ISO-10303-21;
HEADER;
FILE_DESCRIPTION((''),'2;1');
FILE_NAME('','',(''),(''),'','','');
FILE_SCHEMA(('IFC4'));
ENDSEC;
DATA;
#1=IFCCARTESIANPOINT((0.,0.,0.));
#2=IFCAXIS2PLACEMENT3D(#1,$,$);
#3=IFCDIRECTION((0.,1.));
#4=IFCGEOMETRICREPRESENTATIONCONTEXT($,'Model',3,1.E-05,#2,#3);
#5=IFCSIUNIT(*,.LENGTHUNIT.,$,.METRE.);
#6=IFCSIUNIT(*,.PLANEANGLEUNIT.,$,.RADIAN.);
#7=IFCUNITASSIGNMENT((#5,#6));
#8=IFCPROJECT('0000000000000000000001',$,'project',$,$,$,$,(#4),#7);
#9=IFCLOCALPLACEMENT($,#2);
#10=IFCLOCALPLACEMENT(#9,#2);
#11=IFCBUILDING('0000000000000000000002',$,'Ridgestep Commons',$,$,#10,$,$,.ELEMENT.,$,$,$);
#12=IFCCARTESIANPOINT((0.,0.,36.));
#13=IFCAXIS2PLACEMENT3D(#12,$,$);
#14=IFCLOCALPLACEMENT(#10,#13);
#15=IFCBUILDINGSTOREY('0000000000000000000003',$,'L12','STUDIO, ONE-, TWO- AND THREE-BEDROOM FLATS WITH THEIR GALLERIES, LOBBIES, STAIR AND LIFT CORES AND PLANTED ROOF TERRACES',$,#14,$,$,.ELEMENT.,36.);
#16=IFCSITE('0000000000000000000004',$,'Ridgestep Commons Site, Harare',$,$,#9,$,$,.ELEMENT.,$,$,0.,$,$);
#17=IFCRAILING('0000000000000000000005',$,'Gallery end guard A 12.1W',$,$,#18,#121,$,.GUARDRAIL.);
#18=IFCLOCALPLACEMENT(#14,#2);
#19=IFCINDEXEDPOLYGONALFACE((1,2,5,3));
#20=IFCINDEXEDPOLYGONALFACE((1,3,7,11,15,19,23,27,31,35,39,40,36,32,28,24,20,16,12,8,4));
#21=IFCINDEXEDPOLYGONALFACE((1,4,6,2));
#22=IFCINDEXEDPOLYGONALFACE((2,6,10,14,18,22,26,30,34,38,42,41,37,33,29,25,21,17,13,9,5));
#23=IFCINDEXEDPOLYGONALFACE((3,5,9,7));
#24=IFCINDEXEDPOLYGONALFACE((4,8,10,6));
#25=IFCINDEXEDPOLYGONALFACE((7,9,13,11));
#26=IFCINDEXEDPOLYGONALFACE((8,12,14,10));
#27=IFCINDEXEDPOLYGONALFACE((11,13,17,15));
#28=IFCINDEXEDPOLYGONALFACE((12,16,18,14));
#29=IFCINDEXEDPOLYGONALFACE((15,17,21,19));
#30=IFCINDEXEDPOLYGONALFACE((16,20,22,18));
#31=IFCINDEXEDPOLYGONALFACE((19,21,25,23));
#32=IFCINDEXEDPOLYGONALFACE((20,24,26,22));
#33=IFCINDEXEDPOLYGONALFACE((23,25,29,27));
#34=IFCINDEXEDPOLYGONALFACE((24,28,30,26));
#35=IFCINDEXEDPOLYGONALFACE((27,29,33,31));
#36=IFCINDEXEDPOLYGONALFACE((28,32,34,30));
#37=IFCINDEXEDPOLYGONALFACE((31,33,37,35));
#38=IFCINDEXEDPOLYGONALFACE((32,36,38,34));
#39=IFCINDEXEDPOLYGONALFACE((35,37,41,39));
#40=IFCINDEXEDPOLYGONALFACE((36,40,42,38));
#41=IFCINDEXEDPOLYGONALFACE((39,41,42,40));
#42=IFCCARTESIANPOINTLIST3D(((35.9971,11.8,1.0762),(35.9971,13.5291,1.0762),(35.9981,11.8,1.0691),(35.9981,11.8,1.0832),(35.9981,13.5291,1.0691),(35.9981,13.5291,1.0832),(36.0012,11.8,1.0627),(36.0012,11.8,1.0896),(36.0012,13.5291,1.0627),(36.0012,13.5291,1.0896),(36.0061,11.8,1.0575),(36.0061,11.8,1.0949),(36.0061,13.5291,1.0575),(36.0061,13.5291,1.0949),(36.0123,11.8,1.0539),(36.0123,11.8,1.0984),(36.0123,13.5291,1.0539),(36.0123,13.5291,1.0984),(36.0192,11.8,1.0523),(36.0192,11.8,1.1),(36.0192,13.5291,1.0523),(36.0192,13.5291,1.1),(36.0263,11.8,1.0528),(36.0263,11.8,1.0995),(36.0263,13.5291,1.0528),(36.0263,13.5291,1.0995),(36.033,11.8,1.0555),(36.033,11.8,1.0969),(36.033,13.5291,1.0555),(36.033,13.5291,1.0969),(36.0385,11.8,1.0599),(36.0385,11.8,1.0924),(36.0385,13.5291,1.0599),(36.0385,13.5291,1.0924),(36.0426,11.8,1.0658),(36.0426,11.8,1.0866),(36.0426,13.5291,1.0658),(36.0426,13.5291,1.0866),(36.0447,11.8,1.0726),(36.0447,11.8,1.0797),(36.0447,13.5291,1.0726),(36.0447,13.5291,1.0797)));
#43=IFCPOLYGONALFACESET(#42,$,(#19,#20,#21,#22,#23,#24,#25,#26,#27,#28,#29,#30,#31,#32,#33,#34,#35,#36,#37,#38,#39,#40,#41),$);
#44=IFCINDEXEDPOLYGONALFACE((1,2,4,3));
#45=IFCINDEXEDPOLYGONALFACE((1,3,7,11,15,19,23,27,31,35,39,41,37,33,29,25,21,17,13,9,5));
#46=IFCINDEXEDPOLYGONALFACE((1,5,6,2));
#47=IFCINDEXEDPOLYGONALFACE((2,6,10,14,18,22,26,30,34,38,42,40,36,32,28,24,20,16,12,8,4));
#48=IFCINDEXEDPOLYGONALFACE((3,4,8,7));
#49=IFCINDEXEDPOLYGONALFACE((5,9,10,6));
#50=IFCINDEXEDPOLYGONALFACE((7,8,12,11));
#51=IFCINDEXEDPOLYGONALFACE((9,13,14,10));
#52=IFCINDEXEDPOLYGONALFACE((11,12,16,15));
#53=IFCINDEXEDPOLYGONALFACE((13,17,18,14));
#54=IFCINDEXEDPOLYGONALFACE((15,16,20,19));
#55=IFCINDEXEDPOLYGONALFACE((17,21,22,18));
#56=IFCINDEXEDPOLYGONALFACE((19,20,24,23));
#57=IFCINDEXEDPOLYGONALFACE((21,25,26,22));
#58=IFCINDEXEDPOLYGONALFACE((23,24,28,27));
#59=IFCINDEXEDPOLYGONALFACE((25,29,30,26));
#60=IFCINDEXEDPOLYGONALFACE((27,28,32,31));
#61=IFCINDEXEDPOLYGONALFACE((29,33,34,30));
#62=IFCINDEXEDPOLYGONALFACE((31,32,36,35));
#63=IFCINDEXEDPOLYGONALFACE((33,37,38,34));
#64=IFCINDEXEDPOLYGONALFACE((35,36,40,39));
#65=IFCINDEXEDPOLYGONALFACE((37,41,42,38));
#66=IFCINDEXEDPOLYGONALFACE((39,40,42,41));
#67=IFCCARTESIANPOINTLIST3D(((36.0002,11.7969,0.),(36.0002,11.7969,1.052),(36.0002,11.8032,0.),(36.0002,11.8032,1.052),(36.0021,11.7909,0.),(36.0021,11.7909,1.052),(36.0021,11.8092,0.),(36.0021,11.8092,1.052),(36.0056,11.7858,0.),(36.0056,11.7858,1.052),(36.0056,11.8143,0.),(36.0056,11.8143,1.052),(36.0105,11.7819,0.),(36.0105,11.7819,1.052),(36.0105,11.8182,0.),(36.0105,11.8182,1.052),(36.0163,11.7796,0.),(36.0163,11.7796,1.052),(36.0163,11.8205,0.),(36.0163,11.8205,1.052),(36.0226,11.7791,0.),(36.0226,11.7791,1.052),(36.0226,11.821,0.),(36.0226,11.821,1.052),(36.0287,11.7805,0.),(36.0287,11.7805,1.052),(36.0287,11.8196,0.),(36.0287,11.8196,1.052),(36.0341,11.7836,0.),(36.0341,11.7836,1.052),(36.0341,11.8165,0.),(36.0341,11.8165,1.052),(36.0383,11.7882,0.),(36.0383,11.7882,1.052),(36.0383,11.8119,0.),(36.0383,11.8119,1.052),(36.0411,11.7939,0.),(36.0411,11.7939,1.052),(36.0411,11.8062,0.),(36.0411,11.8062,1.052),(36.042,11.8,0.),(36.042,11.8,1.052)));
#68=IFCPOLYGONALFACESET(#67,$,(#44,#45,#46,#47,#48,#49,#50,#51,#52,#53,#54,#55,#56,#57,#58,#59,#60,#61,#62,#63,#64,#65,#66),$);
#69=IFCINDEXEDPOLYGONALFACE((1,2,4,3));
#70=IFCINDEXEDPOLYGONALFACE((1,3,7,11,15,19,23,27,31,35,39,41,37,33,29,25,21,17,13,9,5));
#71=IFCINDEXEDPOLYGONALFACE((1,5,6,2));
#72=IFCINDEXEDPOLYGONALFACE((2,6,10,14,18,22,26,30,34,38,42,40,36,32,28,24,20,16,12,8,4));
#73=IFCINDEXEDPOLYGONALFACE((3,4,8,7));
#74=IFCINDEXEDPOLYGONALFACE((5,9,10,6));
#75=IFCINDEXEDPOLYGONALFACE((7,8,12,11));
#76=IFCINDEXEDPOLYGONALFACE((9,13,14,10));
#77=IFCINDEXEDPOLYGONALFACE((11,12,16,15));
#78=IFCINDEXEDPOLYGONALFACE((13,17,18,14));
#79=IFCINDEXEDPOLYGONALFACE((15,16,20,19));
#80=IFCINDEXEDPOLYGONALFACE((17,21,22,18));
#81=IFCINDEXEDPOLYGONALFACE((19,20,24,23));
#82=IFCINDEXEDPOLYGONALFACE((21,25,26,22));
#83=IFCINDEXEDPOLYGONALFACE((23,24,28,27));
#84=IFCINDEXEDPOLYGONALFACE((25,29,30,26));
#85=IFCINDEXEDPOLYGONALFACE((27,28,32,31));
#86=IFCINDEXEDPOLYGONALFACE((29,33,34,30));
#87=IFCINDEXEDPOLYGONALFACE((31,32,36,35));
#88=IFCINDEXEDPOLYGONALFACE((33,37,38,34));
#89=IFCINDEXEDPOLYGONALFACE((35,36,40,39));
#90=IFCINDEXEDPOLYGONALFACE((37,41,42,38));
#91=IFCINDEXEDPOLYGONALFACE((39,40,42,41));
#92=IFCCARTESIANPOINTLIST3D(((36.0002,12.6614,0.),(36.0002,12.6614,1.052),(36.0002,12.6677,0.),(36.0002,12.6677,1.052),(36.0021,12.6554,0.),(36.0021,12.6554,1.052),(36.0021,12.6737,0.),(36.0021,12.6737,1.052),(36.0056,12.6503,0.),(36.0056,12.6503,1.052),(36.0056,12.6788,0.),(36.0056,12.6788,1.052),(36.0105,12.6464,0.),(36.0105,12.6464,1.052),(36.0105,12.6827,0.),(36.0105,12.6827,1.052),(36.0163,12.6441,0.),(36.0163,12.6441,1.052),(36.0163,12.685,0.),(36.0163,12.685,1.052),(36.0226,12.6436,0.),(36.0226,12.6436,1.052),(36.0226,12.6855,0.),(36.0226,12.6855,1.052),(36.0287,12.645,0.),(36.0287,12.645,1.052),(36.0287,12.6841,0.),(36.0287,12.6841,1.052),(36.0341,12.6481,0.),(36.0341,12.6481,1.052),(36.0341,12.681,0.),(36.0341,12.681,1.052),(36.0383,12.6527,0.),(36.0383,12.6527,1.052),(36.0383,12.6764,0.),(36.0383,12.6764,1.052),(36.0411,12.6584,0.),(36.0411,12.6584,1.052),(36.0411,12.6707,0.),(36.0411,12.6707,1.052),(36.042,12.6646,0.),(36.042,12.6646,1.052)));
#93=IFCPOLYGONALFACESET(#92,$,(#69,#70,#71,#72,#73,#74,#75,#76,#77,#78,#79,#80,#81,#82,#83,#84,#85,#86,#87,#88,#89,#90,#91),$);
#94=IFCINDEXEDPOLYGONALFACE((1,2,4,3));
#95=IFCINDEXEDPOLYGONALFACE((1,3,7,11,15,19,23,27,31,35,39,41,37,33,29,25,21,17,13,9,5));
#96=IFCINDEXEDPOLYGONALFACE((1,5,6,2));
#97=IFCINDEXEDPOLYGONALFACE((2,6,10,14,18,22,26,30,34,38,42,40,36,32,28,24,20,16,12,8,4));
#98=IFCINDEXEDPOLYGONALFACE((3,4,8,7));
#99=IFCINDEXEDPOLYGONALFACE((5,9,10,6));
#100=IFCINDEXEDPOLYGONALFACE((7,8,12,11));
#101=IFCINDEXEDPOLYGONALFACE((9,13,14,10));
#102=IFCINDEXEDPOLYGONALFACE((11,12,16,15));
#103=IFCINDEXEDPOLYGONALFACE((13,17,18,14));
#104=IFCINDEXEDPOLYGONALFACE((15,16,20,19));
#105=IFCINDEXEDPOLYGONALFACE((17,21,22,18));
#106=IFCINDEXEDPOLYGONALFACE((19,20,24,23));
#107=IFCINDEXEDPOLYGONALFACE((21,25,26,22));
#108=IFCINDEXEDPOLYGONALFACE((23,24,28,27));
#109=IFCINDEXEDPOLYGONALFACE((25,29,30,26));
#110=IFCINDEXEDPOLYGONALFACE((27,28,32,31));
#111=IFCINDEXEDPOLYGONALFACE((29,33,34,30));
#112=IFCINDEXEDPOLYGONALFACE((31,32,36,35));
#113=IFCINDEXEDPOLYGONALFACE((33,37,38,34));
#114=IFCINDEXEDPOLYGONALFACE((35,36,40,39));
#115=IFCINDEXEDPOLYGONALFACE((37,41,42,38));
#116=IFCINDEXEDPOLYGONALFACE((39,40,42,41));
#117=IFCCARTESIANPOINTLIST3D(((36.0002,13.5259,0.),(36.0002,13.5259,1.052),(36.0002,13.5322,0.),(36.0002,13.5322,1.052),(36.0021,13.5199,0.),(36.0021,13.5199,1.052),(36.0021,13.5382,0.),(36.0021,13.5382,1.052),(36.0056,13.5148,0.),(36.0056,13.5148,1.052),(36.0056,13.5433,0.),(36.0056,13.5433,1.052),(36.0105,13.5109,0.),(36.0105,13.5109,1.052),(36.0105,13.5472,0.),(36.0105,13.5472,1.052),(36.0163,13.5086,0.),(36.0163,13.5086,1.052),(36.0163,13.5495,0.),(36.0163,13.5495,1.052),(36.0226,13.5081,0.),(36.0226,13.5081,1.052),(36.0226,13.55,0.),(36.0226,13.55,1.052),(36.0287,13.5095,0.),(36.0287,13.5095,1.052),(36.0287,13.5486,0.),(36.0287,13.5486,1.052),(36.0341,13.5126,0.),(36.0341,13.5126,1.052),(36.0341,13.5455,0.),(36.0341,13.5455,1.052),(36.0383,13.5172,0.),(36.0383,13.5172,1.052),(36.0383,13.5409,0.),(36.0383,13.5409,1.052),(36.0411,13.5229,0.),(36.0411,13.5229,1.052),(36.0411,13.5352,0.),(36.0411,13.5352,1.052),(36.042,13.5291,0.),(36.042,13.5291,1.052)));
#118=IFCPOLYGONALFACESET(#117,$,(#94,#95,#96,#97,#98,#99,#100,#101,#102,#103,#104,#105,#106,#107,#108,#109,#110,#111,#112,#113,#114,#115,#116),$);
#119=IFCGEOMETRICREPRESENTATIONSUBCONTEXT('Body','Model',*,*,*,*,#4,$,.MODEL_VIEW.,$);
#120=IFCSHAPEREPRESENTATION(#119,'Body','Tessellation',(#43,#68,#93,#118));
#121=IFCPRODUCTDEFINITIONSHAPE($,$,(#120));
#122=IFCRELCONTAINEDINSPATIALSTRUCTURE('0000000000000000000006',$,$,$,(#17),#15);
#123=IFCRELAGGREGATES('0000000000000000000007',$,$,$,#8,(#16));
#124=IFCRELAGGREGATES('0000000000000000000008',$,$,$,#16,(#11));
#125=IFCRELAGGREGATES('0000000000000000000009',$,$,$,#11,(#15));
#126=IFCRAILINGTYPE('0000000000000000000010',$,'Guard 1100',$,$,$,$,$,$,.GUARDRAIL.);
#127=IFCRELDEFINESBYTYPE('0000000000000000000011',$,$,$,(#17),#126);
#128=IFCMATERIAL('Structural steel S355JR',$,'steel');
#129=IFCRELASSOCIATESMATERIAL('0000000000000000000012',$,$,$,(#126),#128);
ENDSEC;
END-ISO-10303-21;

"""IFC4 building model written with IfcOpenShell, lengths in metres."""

from ifc_helpers import new_model, si_unit, direction, frame, origin, origin_2d, place, context, subcontext, project, spatial, circle, extrude, material, type_object, element, save


model = new_model("IFC4")

# Units and contexts
model_context = context("Model", 3, precision=1e-05, world=origin(), true_north=direction((0.0, 1.0)))
body_context = subcontext(model_context, "Body", "Model", "MODEL_VIEW")
ifc_project = project(units=[si_unit("LENGTHUNIT", "METRE"), si_unit("PLANEANGLEUNIT", "RADIAN")], contexts=[model_context])

# Site, building, storey
site_placement = place(None, origin())
site = spatial("IfcSite", under=ifc_project, at=site_placement, Name="Ridgestep Commons Site, Harare", CompositionType="ELEMENT", RefElevation=0.0)
building_placement = place(site_placement, origin())
building = spatial("IfcBuilding", under=site, at=building_placement, Name="Ridgestep Commons", CompositionType="ELEMENT")
storey_placement = place(building_placement, frame((0.0, 0.0, 36.0)))
storey = spatial("IfcBuildingStorey", under=building, at=storey_placement, Name="L12", Description="STUDIO, ONE-, TWO- AND THREE-BEDROOM FLATS WITH THEIR GALLERIES, LOBBIES, STAIR AND LIFT CORES AND PLANTED ROOF TERRACES", CompositionType="ELEMENT", Elevation=36.0)

# Railing
ifc_material_1 = material(Name="Structural steel S355JR", Category="steel")
railing_type_1 = type_object("IfcRailingType", Name="Guard 1100", PredefinedType="GUARDRAIL", material=ifc_material_1)
railing_1_placement = place(storey_placement, frame((36.021, 11.8, 0.0)))
element("IfcRailing", 1, at=railing_1_placement, inside=storey, type_object=railing_type_1, Name="Gallery end guard A 12.1W", PredefinedType="GUARDRAIL", context=body_context, shape_type="SweptSolid", body=[
    extrude(circle(Radius=0.0239, at=origin_2d()), frame((0.0, 0.0, 1.0762), z_axis=(0.0, 1.0, 0.0), x_axis=(-1.0, 0.0, 0.0)), (0.0, 0.0, 1.0), 1.729),
    extrude(circle(Radius=0.021, at=origin_2d()), origin(), (0.0, 0.0, 1.0), 1.052),
    extrude(circle(Radius=0.021, at=origin_2d()), frame((0.0, 0.8645, 0.0)), (0.0, 0.0, 1.0), 1.052),
    extrude(circle(Radius=0.021, at=origin_2d()), frame((0.0, 1.729, 0.0)), (0.0, 0.0, 1.0), 1.052),
])

save(model, "model.ifc")
